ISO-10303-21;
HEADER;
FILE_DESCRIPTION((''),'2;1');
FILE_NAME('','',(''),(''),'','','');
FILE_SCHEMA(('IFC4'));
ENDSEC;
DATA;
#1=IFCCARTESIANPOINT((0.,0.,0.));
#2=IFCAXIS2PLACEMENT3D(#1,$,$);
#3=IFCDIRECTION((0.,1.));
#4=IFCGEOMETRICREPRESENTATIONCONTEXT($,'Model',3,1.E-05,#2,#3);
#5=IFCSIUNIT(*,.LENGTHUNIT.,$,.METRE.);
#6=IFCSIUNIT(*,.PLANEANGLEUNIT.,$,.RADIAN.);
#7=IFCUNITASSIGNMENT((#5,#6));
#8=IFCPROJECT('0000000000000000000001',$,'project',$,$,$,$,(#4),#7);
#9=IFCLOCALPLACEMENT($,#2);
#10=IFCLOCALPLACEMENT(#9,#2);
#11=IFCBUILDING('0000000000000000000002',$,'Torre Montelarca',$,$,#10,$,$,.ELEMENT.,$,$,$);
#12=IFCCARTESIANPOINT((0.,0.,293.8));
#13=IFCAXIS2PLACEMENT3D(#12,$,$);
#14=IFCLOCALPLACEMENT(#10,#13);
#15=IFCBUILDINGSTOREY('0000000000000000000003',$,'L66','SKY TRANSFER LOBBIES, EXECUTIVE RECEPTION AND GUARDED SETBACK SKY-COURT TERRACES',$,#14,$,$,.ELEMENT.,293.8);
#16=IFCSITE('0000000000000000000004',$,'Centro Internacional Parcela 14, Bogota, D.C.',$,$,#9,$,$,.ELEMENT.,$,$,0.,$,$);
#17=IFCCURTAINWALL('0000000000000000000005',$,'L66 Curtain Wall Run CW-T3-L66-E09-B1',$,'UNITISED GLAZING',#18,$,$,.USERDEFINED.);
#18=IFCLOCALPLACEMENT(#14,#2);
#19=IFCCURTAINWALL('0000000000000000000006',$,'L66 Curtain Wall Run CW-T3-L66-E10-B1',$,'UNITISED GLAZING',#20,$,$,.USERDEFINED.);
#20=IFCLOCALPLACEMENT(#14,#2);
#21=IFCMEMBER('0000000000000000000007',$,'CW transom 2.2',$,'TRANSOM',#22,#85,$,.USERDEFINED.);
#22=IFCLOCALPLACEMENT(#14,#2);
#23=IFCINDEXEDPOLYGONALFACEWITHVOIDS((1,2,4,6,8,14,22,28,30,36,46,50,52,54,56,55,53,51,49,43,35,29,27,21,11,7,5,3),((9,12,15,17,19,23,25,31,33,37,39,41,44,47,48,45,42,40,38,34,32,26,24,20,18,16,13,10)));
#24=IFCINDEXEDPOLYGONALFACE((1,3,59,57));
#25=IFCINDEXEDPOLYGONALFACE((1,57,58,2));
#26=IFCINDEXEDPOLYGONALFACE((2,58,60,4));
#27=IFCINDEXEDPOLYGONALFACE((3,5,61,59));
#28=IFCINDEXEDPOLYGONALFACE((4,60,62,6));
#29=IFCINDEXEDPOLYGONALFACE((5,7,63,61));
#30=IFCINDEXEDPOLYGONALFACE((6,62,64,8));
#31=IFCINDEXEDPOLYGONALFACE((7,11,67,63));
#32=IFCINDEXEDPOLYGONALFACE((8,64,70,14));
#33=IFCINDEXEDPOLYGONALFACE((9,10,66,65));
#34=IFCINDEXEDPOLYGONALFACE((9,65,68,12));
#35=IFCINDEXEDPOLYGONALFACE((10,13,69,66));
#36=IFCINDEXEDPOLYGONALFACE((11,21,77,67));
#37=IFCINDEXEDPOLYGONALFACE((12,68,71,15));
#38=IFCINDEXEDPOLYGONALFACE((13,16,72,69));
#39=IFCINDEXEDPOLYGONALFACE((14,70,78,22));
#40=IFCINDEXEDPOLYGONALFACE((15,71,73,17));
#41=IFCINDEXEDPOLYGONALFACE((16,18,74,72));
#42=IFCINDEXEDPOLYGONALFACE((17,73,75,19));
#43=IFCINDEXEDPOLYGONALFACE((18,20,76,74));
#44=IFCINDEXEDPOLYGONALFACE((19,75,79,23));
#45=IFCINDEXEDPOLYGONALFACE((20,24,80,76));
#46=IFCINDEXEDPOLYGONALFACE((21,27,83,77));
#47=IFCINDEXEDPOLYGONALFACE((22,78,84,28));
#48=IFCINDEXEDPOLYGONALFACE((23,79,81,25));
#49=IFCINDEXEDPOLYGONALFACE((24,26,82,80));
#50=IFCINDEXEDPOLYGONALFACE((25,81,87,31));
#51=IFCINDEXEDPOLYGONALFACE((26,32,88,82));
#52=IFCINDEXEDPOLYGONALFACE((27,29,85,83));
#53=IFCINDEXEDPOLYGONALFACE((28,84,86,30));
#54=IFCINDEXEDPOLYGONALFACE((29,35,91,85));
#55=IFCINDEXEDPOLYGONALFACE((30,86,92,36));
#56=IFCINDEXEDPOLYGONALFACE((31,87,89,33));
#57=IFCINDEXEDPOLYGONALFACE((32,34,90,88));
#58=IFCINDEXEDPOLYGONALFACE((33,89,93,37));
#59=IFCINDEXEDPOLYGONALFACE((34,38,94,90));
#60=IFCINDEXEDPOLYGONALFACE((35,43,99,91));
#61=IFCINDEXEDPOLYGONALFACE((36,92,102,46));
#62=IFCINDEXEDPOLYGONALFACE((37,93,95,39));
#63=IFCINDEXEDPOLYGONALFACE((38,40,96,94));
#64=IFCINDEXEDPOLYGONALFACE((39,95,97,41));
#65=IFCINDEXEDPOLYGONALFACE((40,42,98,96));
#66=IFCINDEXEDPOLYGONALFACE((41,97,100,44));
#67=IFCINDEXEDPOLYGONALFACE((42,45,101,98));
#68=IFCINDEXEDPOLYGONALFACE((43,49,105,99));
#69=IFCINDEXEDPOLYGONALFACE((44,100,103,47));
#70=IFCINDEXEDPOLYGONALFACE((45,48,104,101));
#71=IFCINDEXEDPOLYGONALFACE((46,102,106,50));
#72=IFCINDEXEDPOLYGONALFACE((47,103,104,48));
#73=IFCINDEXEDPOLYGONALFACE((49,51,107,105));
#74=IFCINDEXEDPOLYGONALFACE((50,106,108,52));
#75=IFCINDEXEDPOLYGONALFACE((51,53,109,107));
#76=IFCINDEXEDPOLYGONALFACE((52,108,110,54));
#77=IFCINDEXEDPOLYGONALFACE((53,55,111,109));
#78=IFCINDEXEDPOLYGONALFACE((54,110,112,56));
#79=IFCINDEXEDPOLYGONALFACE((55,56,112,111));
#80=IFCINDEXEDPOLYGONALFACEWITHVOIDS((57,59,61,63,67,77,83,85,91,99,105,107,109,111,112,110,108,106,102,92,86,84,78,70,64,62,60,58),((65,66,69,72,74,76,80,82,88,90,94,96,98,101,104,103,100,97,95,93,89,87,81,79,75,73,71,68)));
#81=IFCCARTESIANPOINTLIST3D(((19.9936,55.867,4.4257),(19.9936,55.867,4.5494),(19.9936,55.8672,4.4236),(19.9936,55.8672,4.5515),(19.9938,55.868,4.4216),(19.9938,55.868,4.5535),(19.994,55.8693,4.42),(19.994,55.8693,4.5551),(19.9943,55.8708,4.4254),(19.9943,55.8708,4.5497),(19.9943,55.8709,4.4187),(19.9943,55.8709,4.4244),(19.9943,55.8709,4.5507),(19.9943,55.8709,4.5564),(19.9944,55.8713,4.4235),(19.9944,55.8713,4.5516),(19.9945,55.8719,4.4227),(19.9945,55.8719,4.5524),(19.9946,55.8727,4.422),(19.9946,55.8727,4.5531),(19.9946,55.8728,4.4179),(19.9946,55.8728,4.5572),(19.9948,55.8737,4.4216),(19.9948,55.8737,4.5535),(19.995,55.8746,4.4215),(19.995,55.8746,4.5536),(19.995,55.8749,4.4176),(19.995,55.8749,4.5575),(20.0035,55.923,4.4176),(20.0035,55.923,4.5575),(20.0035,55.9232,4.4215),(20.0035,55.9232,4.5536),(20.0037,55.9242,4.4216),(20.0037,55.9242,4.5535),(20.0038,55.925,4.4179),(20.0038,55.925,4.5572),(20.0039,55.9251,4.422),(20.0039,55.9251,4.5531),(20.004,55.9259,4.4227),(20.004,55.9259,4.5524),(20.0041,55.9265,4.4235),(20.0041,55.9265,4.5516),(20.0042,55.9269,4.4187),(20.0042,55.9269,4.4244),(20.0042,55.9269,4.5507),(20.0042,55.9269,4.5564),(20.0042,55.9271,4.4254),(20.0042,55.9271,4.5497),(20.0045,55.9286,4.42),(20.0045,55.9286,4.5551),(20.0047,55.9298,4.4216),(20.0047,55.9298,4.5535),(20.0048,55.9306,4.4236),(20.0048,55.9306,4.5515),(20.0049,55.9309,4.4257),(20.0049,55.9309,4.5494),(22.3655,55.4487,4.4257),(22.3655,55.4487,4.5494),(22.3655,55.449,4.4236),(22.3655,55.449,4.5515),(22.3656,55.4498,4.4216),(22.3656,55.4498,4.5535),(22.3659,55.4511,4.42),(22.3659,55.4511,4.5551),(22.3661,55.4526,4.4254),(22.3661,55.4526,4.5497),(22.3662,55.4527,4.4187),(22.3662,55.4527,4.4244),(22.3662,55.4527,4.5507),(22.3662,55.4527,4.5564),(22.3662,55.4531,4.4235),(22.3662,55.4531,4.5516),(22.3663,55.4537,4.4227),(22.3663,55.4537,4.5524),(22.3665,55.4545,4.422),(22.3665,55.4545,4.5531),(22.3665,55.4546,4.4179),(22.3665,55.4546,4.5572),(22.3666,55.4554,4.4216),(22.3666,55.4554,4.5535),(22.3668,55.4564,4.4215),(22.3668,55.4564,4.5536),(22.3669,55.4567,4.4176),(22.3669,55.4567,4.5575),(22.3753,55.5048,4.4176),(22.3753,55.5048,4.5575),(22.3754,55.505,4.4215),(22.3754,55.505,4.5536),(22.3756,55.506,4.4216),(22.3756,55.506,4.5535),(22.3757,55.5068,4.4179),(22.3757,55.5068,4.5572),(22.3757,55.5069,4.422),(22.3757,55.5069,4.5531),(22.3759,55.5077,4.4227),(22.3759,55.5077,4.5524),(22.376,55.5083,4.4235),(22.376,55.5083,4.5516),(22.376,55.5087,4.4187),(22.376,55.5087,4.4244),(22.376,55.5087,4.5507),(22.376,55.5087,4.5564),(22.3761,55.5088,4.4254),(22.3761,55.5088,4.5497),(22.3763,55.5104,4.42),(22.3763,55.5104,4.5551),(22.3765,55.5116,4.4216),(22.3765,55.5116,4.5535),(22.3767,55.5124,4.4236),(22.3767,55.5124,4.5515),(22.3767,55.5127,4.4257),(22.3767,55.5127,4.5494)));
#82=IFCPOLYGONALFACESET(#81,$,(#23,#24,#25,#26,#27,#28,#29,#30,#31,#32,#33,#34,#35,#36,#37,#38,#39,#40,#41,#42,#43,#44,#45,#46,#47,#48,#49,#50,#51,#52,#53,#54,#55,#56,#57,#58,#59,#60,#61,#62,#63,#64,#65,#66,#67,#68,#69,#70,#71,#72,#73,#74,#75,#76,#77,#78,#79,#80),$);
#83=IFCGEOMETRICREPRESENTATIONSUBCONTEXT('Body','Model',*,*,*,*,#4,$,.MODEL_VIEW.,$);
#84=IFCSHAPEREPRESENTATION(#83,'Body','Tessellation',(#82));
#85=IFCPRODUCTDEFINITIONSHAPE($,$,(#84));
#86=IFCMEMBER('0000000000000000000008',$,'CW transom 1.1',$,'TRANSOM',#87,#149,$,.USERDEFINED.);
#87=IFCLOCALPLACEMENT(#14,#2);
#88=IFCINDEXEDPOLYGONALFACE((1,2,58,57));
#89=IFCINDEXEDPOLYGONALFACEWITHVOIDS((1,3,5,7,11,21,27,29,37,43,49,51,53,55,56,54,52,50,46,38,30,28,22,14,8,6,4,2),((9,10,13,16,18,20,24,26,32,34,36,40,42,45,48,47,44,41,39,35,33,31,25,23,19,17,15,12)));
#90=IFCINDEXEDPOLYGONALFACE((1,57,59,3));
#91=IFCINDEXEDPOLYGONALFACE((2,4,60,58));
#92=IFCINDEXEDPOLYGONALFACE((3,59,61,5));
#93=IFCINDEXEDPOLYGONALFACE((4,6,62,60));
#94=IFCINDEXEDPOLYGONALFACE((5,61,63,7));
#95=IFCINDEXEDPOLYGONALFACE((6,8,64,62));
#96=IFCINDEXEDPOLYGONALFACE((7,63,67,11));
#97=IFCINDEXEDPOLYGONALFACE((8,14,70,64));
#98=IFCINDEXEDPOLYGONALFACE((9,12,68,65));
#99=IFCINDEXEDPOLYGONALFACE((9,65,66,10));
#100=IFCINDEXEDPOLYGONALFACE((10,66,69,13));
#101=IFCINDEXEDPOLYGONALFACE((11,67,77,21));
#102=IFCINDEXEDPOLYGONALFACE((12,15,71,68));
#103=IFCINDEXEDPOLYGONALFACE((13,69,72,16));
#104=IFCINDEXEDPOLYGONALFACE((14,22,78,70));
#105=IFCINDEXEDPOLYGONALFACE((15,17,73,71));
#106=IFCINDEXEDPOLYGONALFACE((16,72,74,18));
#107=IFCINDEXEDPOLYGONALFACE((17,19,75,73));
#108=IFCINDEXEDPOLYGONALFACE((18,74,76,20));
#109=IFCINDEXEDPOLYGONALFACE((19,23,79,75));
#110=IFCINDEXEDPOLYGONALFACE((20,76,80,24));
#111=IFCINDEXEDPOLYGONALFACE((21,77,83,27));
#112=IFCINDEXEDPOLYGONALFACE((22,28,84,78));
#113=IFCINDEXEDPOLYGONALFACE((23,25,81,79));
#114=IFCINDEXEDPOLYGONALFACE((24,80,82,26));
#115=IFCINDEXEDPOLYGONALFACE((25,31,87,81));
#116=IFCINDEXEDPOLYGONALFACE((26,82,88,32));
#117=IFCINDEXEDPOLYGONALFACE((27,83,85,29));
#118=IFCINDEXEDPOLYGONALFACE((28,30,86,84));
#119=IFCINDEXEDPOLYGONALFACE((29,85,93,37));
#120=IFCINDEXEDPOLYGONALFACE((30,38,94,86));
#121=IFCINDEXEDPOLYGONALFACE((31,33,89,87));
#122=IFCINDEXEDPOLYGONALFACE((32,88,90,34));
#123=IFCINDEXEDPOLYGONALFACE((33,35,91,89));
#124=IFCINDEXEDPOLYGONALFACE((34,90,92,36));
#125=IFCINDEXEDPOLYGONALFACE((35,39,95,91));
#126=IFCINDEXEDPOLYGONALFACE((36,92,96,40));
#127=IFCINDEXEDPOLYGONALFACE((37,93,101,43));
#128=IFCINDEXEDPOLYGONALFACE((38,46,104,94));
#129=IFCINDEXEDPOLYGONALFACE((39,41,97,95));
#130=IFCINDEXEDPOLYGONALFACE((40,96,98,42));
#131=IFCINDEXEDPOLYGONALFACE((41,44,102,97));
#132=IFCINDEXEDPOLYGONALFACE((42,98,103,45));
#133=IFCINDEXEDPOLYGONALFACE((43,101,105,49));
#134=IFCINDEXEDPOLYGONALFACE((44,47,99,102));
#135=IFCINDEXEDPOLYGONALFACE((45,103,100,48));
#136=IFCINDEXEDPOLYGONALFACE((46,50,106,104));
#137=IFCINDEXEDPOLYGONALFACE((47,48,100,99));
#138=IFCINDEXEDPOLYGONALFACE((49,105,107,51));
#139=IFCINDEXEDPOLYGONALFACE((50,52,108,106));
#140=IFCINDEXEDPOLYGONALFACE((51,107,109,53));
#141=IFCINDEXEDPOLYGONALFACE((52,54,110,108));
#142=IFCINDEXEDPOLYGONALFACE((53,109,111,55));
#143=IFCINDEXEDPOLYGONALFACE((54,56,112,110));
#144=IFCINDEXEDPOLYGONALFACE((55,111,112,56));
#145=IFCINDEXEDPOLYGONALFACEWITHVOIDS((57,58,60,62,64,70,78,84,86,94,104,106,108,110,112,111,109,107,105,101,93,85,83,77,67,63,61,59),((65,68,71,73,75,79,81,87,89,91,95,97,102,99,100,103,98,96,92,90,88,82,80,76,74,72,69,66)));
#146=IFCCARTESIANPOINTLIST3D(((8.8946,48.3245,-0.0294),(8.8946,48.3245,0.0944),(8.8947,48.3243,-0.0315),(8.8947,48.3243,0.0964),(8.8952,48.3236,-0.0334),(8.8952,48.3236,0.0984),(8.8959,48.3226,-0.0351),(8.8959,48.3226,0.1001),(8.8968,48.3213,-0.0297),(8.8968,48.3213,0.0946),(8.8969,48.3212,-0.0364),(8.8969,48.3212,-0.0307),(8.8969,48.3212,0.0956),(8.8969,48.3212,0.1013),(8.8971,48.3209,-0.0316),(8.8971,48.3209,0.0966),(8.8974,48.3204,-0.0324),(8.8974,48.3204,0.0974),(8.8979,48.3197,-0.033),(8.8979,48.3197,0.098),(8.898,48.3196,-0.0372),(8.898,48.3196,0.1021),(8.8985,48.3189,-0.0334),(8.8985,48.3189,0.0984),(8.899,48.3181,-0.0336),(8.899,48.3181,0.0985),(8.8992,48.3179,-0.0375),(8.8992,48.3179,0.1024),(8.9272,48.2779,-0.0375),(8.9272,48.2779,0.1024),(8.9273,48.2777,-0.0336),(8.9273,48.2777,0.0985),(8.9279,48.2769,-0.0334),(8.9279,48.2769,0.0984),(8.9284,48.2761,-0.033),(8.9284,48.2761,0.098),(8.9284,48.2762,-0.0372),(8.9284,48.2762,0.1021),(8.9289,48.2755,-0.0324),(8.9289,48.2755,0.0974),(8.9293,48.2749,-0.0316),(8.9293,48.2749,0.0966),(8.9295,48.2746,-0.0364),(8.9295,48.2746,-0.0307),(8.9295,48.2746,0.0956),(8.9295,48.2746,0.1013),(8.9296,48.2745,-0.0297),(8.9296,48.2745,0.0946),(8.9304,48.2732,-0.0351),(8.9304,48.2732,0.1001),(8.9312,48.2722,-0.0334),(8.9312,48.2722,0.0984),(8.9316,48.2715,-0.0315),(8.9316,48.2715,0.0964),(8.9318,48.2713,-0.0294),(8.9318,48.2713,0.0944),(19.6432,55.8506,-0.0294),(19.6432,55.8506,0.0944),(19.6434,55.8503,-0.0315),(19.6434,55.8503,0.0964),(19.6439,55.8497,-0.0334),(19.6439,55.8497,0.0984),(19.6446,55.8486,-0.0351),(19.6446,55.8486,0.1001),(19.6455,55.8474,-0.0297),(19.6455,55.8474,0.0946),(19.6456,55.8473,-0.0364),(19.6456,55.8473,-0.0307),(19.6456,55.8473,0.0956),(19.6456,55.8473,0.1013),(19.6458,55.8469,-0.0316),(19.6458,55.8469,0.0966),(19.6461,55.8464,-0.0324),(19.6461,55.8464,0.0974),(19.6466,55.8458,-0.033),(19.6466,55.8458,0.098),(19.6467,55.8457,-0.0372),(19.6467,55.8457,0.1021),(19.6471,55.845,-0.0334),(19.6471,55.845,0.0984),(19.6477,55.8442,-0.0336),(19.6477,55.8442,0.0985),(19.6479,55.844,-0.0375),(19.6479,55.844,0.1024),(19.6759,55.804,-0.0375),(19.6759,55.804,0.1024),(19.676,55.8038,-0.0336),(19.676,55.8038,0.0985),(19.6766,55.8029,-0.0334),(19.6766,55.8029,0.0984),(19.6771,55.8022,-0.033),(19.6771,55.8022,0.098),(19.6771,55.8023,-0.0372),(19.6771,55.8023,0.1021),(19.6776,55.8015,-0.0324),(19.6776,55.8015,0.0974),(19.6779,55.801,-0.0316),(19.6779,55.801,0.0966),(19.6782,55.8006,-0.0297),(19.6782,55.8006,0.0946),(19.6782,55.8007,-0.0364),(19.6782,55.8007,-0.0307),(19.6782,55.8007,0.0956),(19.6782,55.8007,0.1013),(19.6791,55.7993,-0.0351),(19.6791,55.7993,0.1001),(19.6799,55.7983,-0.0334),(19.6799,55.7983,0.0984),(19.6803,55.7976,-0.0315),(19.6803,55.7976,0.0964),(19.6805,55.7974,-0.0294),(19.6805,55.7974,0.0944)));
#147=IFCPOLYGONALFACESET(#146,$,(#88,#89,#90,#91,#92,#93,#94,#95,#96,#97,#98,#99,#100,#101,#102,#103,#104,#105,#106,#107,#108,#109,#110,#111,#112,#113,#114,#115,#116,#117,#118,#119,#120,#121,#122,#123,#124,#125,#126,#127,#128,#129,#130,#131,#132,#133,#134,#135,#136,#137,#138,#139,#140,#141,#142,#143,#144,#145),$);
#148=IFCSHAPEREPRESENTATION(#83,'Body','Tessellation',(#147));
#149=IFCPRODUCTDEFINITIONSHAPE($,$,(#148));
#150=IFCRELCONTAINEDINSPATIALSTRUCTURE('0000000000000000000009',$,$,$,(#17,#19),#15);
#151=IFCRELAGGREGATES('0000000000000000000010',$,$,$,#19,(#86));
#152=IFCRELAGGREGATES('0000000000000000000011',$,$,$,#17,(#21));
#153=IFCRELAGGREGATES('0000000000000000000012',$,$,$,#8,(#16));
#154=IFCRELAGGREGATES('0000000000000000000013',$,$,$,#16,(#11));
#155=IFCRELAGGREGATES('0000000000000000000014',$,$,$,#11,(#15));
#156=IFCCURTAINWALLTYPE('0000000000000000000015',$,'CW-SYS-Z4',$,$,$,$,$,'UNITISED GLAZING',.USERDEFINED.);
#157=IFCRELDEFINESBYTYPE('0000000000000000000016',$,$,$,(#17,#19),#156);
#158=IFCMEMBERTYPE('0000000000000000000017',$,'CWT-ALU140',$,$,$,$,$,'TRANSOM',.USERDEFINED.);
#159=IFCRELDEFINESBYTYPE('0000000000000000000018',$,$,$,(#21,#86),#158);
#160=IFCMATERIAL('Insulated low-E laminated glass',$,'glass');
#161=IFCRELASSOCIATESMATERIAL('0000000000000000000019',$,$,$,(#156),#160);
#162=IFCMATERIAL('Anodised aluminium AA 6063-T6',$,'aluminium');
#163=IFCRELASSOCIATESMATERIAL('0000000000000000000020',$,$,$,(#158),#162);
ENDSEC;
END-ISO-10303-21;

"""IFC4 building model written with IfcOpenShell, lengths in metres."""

from ifc_helpers import new_model, si_unit, direction, frame, origin, origin_2d, place, context, subcontext, project, spatial, hollow_rectangle, extrude, source, transform, mapped, material, material_profile, profile_set, type_object, element, aggregate, save


model = new_model("IFC4")

# Units and contexts
model_context = context("Model", 3, precision=1e-05, world=origin(), true_north=direction((0.0, 1.0)))
body_context = subcontext(model_context, "Body", "Model", "MODEL_VIEW")
ifc_project = project(units=[si_unit("LENGTHUNIT", "METRE"), si_unit("PLANEANGLEUNIT", "RADIAN")], contexts=[model_context])

# Site, building, storey
site_placement = place(None, origin())
site = spatial("IfcSite", under=ifc_project, at=site_placement, Name="Centro Internacional Parcela 14, Bogota, D.C.", CompositionType="ELEMENT", RefElevation=0.0)
building_placement = place(site_placement, origin())
building = spatial("IfcBuilding", under=site, at=building_placement, Name="Torre Montelarca", CompositionType="ELEMENT")
storey_placement = place(building_placement, frame((0.0, 0.0, 293.8)))
storey = spatial("IfcBuildingStorey", under=building, at=storey_placement, Name="L66", Description="SKY TRANSFER LOBBIES, EXECUTIVE RECEPTION AND GUARDED SETBACK SKY-COURT TERRACES", CompositionType="ELEMENT", Elevation=293.8)

# Curtain wall
ifc_material_1 = material(Name="Insulated low-E laminated glass", Category="glass")
curtain_wall_type = type_object("IfcCurtainWallType", Name="CW-SYS-Z4", ElementType="UNITISED GLAZING", PredefinedType="USERDEFINED", material=ifc_material_1)
ifc_material_2 = material(Name="Anodised aluminium AA 6063-T6", Category="aluminium")
curtain_wall_1_placement = place(storey_placement, origin())
curtain_wall_1 = element("IfcCurtainWall", 1, at=curtain_wall_1_placement, inside=storey, type_object=curtain_wall_type, Name="L66 Curtain Wall Run CW-T3-L66-E09-B1", ObjectType="UNITISED GLAZING", PredefinedType="USERDEFINED")

# Curtain wall
curtain_wall_2_placement = place(storey_placement, origin())
curtain_wall_2 = element("IfcCurtainWall", 2, at=curtain_wall_2_placement, inside=storey, type_object=curtain_wall_type, Name="L66 Curtain Wall Run CW-T3-L66-E10-B1", ObjectType="UNITISED GLAZING", PredefinedType="USERDEFINED")

# Members
ifc_material_profile_1 = material_profile(ifc_material_2, hollow_rectangle(XDim=0.0649, YDim=0.1399, WallThickness=0.0039, InnerFilletRadius=0.0039, OuterFilletRadius=0.0081, at=origin_2d()), Name="ALU65X140X4", Category="aluminium")
ifc_profile_set_1 = profile_set([ifc_material_profile_1], Name="Anodised aluminium AA 6063-T6")
member_type_1 = type_object("IfcMemberType", Name="CWT-ALU140", ElementType="TRANSOM", PredefinedType="USERDEFINED", material=ifc_profile_set_1)
shared_shape_1 = source(origin(), body_context, "Body", "SweptSolid", [
    extrude(hollow_rectangle(XDim=0.0649, YDim=0.1399, WallThickness=0.0039, InnerFilletRadius=0.0039, OuterFilletRadius=0.0081, at=origin_2d()), origin(), (0.0, 0.0, 1.0), 2.4084),
])
member_1_placement = place(storey_placement, frame((22.3711, 55.4807, 4.4875), z_axis=(-0.984808, 0.173647, 0.0), x_axis=(-0.173647, -0.984808, 0.0)))
member_1 = element("IfcMember", 3, at=member_1_placement, type_object=member_type_1, Name="CW transom 2.2", ObjectType="TRANSOM", PredefinedType="USERDEFINED", context=body_context, shape_type="MappedRepresentation", body=[
    mapped(shared_shape_1, transform((0.0, 0.0, 0.0), scale=1.0)),
])
shared_shape_2 = source(origin(), body_context, "Body", "SweptSolid", [
    extrude(hollow_rectangle(XDim=0.0649, YDim=0.1399, WallThickness=0.0039, InnerFilletRadius=0.0039, OuterFilletRadius=0.0081, at=origin_2d()), origin(), (0.0, 0.0, 1.0), 13.1216),
])
member_2_placement = place(storey_placement, frame((19.6619, 55.824, 0.0325), z_axis=(-0.819161, -0.573563, 0.0), x_axis=(0.573563, -0.819161, 0.0)))
member_2 = element("IfcMember", 4, at=member_2_placement, type_object=member_type_1, Name="CW transom 1.1", ObjectType="TRANSOM", PredefinedType="USERDEFINED", context=body_context, shape_type="MappedRepresentation", body=[
    mapped(shared_shape_2, transform((0.0, 0.0, 0.0), scale=1.0)),
])
aggregate(curtain_wall_2, [member_2])

aggregate(curtain_wall_1, [member_1])

save(model, "model.ifc")
